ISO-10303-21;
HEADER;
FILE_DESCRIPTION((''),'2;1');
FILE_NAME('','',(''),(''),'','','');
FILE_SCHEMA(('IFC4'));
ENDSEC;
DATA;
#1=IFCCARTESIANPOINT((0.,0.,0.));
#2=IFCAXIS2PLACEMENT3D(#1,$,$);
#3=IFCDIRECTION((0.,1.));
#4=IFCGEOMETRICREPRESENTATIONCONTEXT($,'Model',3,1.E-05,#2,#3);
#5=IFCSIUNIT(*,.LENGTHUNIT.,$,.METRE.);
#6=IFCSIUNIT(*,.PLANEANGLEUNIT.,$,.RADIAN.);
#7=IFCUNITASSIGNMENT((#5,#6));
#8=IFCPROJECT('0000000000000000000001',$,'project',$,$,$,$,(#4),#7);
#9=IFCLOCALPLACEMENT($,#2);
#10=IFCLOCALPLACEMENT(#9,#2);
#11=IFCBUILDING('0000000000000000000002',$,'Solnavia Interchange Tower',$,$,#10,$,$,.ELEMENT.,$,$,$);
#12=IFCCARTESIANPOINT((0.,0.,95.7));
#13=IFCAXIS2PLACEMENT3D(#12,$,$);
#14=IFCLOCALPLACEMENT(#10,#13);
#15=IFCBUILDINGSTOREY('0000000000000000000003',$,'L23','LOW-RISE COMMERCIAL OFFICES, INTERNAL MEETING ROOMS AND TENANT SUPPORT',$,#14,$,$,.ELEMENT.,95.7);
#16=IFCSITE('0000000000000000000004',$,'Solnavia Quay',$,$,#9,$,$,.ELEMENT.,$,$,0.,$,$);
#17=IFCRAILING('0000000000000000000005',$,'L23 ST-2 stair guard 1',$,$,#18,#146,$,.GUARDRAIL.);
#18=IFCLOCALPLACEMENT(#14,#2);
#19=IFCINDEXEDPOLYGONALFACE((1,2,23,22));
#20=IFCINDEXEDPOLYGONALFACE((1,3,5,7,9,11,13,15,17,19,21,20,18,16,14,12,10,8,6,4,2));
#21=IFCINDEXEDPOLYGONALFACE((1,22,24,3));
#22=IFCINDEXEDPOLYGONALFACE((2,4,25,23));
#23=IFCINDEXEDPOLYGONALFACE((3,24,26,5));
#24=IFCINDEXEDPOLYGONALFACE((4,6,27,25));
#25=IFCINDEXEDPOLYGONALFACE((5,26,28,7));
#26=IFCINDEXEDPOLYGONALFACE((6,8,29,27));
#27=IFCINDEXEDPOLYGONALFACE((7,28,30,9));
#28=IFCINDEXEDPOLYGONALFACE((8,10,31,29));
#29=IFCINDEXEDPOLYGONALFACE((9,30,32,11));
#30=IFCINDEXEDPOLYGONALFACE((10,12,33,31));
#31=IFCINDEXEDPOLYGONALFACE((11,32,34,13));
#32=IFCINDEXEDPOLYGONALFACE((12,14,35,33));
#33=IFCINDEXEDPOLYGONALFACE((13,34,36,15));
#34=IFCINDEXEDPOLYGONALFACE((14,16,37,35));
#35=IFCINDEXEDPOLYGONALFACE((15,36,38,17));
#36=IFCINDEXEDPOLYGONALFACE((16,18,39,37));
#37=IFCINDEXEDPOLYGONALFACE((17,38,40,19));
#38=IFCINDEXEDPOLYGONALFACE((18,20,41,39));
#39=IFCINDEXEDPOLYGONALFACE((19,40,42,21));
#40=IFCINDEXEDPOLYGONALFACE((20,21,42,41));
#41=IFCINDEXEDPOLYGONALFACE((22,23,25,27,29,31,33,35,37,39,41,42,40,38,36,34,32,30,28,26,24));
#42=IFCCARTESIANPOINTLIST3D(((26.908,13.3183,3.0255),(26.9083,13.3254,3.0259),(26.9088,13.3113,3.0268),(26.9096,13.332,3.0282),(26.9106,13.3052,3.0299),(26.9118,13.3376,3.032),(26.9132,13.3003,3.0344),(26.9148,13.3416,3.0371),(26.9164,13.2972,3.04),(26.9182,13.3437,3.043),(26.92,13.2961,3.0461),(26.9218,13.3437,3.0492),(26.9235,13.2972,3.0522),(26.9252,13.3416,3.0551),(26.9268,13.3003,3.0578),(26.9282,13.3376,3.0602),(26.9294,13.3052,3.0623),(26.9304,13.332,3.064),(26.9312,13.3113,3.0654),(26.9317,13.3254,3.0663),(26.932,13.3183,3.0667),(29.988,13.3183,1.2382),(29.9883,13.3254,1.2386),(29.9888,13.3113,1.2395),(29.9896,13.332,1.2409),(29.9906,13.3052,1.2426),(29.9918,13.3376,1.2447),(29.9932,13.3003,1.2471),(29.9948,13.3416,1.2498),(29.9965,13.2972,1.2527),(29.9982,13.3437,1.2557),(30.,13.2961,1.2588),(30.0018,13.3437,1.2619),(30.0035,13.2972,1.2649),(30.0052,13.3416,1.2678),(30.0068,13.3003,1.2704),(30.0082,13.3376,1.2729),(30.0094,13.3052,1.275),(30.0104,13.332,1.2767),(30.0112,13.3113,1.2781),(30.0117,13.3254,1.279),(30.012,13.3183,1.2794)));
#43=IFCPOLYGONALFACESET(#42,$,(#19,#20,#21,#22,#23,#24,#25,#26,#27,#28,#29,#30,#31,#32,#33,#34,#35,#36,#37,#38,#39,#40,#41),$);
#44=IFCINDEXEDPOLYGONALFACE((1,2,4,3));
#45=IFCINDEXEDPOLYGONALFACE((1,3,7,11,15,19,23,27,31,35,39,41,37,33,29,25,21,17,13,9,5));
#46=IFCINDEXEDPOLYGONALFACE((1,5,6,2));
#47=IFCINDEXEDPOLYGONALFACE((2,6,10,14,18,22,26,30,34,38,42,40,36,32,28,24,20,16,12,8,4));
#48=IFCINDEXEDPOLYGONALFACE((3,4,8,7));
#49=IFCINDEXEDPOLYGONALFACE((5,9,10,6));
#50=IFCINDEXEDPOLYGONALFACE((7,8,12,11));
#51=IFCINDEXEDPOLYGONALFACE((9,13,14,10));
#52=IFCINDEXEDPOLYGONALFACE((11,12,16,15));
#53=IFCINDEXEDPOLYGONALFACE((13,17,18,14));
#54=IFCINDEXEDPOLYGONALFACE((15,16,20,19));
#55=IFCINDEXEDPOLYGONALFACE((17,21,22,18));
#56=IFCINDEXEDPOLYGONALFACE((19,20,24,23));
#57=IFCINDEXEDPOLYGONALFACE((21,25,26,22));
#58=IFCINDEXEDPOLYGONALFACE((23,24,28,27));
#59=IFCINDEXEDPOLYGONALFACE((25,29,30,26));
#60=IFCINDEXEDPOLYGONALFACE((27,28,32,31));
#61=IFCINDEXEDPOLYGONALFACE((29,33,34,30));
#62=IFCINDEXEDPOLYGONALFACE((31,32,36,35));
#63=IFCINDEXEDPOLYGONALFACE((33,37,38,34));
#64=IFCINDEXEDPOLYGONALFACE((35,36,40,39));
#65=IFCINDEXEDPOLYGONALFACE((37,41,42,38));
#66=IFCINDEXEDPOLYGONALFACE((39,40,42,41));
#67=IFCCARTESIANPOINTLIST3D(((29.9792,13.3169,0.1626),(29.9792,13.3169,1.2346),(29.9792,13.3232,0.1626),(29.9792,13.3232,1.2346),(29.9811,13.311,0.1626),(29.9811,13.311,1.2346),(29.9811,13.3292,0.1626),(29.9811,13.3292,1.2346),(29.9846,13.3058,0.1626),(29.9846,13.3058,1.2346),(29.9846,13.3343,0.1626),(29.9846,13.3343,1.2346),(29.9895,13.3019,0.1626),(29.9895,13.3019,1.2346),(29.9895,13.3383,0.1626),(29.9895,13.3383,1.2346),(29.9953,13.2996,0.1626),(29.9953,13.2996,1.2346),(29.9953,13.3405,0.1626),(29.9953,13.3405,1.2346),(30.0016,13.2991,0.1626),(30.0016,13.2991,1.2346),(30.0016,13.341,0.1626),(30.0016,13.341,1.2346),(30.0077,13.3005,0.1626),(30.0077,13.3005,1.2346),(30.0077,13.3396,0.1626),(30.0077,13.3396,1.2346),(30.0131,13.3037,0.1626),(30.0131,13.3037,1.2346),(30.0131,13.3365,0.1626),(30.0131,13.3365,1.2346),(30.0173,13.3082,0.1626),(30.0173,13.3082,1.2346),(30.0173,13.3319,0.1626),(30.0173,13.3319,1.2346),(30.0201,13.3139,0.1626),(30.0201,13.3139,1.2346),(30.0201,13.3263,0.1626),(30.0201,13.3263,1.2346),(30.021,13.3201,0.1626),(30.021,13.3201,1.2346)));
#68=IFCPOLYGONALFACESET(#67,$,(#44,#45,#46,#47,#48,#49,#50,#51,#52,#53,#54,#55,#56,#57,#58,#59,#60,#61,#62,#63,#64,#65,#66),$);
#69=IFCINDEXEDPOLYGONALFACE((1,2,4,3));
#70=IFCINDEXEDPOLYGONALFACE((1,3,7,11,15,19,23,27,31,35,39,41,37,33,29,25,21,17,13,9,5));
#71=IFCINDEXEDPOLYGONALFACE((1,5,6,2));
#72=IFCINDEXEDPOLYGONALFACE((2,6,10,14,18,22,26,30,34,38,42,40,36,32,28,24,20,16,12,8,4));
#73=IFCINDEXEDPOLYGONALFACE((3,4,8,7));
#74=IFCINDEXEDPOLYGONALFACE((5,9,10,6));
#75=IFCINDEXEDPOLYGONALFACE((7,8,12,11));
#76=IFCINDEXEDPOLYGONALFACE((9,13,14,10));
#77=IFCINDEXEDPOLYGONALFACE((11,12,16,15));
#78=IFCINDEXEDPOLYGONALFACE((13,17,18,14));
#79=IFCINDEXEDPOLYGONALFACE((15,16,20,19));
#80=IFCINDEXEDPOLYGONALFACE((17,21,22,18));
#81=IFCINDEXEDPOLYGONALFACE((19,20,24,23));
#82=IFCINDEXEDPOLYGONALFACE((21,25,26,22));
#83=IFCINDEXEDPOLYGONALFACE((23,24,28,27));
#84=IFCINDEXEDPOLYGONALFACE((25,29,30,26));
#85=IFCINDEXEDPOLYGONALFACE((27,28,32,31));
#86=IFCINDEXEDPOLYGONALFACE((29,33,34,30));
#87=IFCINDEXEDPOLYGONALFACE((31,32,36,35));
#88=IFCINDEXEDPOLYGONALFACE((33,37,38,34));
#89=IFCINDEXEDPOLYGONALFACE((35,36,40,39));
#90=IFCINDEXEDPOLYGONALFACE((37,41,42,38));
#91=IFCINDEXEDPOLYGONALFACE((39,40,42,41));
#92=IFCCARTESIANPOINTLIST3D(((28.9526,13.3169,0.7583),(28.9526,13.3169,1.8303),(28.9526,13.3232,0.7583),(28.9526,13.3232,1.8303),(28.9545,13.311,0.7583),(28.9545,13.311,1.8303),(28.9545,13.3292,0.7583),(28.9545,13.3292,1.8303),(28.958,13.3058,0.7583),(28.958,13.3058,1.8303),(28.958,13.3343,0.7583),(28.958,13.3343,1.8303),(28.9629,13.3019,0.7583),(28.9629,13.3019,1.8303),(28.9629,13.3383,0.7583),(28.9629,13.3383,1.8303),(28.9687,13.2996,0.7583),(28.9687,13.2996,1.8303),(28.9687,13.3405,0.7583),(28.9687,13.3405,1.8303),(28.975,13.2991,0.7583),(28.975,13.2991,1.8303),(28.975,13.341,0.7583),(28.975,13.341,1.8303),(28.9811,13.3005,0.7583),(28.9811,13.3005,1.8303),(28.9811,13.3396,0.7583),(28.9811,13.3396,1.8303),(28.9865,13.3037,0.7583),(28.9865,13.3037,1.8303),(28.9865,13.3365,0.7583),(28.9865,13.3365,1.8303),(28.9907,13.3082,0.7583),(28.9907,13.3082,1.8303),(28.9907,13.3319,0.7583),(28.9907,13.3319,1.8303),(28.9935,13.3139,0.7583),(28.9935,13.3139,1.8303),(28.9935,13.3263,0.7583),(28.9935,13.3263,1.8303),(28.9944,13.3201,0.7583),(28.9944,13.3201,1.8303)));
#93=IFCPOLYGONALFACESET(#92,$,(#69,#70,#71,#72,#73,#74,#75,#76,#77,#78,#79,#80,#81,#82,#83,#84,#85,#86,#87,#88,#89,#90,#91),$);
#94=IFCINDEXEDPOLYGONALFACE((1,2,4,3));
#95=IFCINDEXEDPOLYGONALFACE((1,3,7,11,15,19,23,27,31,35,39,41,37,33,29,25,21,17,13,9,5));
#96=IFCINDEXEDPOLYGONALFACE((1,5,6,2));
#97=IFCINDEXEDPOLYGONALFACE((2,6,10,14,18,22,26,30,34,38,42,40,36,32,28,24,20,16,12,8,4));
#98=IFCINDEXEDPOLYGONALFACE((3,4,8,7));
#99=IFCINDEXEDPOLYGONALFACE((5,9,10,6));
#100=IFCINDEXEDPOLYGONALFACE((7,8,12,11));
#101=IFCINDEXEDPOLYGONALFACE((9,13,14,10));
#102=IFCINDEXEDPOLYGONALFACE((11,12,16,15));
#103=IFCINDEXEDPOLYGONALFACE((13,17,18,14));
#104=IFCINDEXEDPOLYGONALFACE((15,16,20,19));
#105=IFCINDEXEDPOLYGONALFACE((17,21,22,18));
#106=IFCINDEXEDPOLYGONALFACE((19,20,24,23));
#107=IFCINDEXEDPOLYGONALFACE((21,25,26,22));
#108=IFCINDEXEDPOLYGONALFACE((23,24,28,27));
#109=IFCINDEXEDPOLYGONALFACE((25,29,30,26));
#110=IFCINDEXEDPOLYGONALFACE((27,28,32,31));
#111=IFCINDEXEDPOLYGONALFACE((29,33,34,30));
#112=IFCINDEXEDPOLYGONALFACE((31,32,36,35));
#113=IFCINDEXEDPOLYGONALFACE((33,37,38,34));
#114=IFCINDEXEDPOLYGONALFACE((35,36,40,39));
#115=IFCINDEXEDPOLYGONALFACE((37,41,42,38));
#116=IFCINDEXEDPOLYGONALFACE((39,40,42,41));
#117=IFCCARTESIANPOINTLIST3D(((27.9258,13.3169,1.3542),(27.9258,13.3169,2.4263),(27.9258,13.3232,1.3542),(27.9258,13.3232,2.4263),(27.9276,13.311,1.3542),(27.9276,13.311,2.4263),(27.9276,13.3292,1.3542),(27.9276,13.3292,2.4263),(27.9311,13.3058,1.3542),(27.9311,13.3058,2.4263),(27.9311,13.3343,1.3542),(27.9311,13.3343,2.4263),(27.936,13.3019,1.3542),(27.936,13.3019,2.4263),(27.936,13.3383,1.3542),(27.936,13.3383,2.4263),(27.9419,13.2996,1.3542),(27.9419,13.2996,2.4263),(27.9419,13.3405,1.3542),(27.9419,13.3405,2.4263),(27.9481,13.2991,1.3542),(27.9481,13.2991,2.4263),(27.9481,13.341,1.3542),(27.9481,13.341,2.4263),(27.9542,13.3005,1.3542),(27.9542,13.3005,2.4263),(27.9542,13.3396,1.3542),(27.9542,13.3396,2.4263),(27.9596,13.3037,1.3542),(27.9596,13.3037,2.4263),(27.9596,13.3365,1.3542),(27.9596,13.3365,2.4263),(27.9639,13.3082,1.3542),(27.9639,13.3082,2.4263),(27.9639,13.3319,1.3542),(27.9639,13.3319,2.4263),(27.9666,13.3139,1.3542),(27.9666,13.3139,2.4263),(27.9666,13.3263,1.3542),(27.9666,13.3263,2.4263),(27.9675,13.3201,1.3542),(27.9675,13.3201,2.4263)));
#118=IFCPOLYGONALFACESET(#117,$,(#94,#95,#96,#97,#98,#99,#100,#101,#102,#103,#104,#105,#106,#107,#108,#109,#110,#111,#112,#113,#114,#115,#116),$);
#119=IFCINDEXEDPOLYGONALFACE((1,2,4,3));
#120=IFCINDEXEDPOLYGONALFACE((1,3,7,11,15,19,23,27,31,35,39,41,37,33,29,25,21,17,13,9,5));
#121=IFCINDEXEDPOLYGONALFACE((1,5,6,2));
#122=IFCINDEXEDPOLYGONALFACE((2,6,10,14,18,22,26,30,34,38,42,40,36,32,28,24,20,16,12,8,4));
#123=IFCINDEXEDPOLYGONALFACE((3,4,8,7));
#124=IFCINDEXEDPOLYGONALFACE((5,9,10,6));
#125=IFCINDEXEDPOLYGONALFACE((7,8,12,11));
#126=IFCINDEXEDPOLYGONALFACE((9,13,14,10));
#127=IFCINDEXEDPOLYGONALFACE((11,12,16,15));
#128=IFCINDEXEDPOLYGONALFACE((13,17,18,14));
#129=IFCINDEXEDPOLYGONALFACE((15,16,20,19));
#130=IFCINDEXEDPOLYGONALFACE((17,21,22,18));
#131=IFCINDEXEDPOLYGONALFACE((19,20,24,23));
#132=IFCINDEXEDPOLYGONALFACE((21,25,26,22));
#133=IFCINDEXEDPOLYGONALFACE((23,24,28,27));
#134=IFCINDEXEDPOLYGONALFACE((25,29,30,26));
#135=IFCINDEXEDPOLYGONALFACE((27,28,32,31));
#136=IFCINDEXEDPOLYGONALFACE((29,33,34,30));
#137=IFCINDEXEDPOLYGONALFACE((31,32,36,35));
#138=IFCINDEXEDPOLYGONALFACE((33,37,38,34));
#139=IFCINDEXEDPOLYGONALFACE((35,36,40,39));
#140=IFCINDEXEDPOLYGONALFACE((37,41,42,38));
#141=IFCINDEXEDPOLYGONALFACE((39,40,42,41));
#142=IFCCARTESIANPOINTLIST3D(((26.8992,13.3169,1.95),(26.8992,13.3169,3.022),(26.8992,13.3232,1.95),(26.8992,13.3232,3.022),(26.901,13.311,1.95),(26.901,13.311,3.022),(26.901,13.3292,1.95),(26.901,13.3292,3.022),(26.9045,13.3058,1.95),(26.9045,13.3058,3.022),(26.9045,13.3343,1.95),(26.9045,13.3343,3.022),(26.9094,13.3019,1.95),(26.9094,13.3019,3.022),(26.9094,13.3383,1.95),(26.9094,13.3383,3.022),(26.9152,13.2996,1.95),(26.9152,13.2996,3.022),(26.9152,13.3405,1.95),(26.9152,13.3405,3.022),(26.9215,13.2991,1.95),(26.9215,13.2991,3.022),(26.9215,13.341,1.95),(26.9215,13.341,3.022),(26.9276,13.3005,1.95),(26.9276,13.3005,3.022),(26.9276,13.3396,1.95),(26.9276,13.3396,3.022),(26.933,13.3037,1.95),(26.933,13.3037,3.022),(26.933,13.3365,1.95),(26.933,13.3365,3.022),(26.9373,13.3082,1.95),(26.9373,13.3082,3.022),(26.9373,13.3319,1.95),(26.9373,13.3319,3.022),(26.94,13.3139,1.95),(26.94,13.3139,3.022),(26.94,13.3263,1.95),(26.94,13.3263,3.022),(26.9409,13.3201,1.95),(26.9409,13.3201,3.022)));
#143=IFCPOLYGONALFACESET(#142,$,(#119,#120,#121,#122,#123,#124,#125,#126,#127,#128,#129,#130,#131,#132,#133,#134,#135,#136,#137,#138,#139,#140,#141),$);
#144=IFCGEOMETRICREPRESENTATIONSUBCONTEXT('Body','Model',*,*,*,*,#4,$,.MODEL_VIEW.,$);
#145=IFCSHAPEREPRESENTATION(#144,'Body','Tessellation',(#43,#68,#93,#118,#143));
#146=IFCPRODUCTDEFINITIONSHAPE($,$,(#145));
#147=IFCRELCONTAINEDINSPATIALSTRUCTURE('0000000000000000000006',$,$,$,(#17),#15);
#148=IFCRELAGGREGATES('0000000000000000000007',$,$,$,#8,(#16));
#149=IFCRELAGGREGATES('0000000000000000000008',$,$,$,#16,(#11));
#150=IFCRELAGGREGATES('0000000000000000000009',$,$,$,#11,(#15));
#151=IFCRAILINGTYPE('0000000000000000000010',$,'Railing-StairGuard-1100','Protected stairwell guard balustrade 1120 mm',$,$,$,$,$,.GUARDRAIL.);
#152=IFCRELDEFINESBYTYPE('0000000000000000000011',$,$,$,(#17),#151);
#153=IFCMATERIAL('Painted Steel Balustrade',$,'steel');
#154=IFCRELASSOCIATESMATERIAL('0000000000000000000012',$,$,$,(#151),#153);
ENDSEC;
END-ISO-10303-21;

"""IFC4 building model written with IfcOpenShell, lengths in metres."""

from ifc_helpers import new_model, si_unit, direction, frame, origin, origin_2d, place, context, subcontext, project, spatial, circle, extrude, material, type_object, element, save


model = new_model("IFC4")

# Units and contexts
model_context = context("Model", 3, precision=1e-05, world=origin(), true_north=direction((0.0, 1.0)))
body_context = subcontext(model_context, "Body", "Model", "MODEL_VIEW")
ifc_project = project(units=[si_unit("LENGTHUNIT", "METRE"), si_unit("PLANEANGLEUNIT", "RADIAN")], contexts=[model_context])

# Site, building, storey
site_placement = place(None, origin())
site = spatial("IfcSite", under=ifc_project, at=site_placement, Name="Solnavia Quay", CompositionType="ELEMENT", RefElevation=0.0)
building_placement = place(site_placement, origin())
building = spatial("IfcBuilding", under=site, at=building_placement, Name="Solnavia Interchange Tower", CompositionType="ELEMENT")
storey_placement = place(building_placement, frame((0.0, 0.0, 95.7)))
storey = spatial("IfcBuildingStorey", under=building, at=storey_placement, Name="L23", Description="LOW-RISE COMMERCIAL OFFICES, INTERNAL MEETING ROOMS AND TENANT SUPPORT", CompositionType="ELEMENT", Elevation=95.7)

# Railing
ifc_material_1 = material(Name="Painted Steel Balustrade", Category="steel")
railing_type_1 = type_object("IfcRailingType", Name="Railing-StairGuard-1100", Description="Protected stairwell guard balustrade 1120 mm", PredefinedType="GUARDRAIL", material=ifc_material_1)
railing_1_placement = place(storey_placement, frame((30.0, 13.3201, 0.1626)))
element("IfcRailing", 1, at=railing_1_placement, inside=storey, type_object=railing_type_1, Name="L23 ST-2 stair guard 1", PredefinedType="GUARDRAIL", context=body_context, shape_type="SweptSolid", body=[
    extrude(circle(Radius=0.0239, at=origin_2d()), frame((0.0, 0.0, 1.0962), z_axis=(-0.86492, 0.0, 0.501909), x_axis=(0.0, -1.0, 0.0)), (0.0, 0.0, 1.0), 3.561),
    extrude(circle(Radius=0.021, at=origin_2d()), origin(), (0.0, 0.0, 1.0), 1.072),
    extrude(circle(Radius=0.021, at=origin_2d()), frame((-1.0266, 0.0, 0.5957)), (0.0, 0.0, 1.0), 1.072),
    extrude(circle(Radius=0.021, at=origin_2d()), frame((-2.0535, 0.0, 1.1917)), (0.0, 0.0, 1.0), 1.072),
    extrude(circle(Radius=0.021, at=origin_2d()), frame((-3.0801, 0.0, 1.7874)), (0.0, 0.0, 1.0), 1.072),
])

save(model, "model.ifc")
